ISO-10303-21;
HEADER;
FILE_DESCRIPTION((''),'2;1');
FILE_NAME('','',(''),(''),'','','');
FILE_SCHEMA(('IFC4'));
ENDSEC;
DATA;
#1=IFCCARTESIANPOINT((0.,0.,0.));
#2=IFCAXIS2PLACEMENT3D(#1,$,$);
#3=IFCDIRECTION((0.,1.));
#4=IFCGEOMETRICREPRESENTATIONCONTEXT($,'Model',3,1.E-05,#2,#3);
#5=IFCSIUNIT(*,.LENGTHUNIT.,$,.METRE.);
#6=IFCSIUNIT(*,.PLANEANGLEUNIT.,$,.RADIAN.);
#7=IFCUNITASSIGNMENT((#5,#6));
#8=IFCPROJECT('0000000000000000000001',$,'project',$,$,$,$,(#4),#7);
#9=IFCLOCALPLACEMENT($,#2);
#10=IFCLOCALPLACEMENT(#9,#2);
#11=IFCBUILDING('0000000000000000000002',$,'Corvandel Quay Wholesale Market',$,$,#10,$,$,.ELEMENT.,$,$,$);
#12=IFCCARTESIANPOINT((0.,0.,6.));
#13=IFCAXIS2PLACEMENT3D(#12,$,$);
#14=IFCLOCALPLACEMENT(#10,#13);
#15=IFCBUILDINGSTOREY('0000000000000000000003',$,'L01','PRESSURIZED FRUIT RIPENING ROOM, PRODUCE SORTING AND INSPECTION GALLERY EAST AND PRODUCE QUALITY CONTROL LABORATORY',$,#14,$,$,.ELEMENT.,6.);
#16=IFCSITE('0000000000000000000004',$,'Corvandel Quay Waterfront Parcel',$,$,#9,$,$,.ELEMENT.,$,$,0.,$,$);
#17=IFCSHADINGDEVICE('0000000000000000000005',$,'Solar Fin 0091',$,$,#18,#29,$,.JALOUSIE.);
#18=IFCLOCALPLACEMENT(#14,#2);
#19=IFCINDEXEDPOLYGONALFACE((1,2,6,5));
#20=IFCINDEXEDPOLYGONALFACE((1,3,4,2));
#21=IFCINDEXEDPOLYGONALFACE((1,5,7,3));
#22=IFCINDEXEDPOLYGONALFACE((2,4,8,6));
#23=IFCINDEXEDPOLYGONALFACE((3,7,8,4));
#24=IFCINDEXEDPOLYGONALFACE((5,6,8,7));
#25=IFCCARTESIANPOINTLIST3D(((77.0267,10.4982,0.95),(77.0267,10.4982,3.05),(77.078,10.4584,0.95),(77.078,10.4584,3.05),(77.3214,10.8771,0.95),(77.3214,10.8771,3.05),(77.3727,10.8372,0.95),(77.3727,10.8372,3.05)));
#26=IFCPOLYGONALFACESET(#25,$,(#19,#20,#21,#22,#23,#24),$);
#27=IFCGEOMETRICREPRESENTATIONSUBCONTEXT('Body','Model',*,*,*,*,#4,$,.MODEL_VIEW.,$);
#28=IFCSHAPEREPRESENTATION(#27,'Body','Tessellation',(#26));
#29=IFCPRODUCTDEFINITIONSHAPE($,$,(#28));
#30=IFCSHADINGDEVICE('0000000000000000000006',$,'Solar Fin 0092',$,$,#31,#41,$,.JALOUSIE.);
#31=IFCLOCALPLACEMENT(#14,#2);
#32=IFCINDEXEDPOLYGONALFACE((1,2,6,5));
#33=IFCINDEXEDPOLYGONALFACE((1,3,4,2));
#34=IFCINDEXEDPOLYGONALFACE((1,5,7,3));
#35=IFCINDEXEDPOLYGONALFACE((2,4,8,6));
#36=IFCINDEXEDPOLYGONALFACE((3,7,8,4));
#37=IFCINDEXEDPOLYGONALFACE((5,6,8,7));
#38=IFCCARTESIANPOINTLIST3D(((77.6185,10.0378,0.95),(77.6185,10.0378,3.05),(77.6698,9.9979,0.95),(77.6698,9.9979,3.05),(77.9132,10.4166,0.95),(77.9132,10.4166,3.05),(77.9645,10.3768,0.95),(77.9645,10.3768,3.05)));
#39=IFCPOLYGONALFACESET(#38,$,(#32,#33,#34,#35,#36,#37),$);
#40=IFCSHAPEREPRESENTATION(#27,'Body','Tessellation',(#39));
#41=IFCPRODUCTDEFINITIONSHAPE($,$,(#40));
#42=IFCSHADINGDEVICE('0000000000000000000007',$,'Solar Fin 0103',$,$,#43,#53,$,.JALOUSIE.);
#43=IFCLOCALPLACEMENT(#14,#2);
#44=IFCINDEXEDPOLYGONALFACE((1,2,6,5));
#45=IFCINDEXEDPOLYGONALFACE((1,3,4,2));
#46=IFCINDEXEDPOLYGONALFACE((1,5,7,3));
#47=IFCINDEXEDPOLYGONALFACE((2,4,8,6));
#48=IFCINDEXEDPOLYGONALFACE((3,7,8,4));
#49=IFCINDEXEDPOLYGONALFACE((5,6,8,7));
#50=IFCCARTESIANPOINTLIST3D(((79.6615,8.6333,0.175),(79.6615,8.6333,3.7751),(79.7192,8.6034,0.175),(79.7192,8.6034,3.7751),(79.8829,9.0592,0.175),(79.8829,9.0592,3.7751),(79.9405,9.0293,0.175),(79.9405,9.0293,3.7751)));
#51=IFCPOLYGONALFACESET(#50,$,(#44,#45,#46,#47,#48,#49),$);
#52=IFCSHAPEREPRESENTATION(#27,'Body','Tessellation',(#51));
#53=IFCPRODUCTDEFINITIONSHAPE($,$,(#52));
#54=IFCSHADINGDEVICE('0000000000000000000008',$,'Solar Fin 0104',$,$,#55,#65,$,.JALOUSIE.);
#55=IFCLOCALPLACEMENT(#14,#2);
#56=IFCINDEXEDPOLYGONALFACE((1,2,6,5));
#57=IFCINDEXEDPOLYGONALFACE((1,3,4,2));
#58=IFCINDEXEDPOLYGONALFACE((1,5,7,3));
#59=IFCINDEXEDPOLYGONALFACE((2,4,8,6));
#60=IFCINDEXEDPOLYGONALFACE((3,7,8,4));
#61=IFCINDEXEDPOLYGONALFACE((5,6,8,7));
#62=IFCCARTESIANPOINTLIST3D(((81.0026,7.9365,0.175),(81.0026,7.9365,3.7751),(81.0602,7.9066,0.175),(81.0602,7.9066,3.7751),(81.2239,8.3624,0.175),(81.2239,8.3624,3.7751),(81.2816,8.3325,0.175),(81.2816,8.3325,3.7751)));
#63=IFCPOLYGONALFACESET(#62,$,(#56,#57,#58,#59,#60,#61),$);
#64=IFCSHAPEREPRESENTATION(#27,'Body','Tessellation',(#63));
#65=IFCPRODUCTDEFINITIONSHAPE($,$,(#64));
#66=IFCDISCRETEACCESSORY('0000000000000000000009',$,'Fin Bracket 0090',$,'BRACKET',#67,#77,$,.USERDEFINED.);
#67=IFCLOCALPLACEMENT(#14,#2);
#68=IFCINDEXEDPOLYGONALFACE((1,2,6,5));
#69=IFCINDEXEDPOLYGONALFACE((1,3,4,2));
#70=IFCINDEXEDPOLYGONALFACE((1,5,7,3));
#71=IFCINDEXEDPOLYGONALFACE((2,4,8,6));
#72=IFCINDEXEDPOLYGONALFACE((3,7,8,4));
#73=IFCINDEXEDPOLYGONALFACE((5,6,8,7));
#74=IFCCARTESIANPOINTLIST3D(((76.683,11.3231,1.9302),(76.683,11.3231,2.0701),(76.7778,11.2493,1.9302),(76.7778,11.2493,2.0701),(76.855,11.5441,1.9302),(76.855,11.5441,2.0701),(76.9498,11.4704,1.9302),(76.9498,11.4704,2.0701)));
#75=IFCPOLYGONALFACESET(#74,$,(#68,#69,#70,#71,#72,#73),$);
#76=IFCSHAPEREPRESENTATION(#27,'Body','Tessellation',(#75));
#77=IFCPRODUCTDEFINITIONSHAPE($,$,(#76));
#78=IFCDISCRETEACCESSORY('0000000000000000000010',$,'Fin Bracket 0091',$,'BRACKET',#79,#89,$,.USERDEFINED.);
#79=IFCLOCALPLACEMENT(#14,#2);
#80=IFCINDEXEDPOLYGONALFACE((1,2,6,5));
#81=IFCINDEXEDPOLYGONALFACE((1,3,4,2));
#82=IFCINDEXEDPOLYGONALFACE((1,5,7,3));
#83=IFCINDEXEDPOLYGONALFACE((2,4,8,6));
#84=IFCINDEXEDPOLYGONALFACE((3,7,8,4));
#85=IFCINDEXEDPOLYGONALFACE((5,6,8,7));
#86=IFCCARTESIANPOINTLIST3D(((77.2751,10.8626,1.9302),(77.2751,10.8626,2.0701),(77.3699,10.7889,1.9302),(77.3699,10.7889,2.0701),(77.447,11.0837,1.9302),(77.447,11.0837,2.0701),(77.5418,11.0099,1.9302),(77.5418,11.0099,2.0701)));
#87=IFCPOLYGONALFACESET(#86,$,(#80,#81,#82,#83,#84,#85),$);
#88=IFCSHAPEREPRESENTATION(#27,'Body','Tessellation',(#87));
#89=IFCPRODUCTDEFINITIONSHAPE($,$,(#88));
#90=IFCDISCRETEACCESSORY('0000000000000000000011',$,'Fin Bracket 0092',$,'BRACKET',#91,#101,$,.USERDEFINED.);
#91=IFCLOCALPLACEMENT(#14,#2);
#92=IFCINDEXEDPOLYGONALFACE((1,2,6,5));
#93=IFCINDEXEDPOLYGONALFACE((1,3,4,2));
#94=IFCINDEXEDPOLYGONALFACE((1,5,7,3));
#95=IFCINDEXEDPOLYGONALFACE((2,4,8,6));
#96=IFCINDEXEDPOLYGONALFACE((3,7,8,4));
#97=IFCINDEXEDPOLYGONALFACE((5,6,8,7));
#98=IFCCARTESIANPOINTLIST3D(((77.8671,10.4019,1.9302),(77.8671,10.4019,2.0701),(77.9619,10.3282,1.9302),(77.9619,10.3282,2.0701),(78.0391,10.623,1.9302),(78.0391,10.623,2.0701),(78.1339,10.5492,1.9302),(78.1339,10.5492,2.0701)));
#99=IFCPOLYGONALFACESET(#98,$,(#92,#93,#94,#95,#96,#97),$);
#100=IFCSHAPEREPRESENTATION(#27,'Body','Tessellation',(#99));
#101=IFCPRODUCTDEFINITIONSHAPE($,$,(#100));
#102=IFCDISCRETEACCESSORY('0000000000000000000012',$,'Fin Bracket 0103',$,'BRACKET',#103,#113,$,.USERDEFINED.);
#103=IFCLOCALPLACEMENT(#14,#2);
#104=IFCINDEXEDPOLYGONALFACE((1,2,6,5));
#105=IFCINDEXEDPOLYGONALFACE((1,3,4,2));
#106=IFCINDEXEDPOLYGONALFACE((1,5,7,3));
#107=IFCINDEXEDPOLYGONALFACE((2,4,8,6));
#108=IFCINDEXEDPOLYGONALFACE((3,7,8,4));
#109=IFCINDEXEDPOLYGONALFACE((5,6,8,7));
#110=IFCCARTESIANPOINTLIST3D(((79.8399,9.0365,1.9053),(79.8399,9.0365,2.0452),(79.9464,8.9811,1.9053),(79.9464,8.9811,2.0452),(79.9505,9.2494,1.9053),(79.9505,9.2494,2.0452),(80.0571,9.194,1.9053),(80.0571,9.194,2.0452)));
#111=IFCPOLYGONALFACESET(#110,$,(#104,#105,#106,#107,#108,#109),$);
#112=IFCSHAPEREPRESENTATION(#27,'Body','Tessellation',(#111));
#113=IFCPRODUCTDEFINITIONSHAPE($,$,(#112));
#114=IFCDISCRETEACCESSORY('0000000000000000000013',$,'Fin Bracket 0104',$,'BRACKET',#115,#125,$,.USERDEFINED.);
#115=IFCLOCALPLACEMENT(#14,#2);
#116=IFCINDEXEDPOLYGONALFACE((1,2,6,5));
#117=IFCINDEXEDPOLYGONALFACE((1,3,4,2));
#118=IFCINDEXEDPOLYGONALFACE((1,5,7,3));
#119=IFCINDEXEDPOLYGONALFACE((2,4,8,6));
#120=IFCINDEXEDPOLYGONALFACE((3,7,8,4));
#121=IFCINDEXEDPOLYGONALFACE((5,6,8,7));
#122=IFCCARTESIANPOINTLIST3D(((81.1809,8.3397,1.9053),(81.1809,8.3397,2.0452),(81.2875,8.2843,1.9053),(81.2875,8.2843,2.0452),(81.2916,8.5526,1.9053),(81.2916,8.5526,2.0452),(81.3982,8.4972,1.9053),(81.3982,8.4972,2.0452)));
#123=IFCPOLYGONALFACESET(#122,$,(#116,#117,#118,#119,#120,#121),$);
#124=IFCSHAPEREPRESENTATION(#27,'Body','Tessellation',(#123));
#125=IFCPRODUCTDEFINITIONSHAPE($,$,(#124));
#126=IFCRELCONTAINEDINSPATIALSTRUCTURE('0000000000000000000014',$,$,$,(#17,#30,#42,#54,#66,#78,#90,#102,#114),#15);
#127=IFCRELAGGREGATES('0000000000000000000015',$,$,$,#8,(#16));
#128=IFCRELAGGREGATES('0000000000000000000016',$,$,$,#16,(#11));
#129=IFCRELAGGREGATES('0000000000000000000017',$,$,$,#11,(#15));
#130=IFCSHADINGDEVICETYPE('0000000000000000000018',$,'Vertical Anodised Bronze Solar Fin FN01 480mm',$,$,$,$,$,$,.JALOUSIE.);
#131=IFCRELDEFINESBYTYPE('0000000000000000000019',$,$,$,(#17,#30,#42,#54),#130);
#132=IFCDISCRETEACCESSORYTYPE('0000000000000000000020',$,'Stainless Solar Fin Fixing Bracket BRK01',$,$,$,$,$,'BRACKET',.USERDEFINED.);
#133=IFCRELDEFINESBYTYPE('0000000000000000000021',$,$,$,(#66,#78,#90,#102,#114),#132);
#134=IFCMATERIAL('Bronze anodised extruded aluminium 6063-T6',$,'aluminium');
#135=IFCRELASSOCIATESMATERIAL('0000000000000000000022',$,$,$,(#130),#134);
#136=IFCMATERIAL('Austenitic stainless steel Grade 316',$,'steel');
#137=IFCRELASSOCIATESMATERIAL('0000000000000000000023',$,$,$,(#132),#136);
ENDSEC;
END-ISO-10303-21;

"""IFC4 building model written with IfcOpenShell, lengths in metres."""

from ifc_helpers import new_model, si_unit, direction, frame, origin, origin_2d, place, context, subcontext, project, spatial, rectangle, extrude, material, type_object, element, save


model = new_model("IFC4")

# Units and contexts
model_context = context("Model", 3, precision=1e-05, world=origin(), true_north=direction((0.0, 1.0)))
body_context = subcontext(model_context, "Body", "Model", "MODEL_VIEW")
ifc_project = project(units=[si_unit("LENGTHUNIT", "METRE"), si_unit("PLANEANGLEUNIT", "RADIAN")], contexts=[model_context])

# Site, building, storey
site_placement = place(None, origin())
site = spatial("IfcSite", under=ifc_project, at=site_placement, Name="Corvandel Quay Waterfront Parcel", CompositionType="ELEMENT", RefElevation=0.0)
building_placement = place(site_placement, origin())
building = spatial("IfcBuilding", under=site, at=building_placement, Name="Corvandel Quay Wholesale Market", CompositionType="ELEMENT")
storey_placement = place(building_placement, frame((0.0, 0.0, 6.0)))
storey = spatial("IfcBuildingStorey", under=building, at=storey_placement, Name="L01", Description="PRESSURIZED FRUIT RIPENING ROOM, PRODUCE SORTING AND INSPECTION GALLERY EAST AND PRODUCE QUALITY CONTROL LABORATORY", CompositionType="ELEMENT", Elevation=6.0)

# Shading devices
ifc_material_1 = material(Name="Bronze anodised extruded aluminium 6063-T6", Category="aluminium")
shading_device_type = type_object("IfcShadingDeviceType", Name="Vertical Anodised Bronze Solar Fin FN01 480mm", PredefinedType="JALOUSIE", material=ifc_material_1)
for number, where, z_axis, x_axis, name in (
    (1, (77.1997, 10.6677, 0.95), (0.0, 0.0, 1.0), (0.61401, 0.789298, 0.0), "Solar Fin 0091"),
    (2, (77.7915, 10.2073, 0.95), (0.0, 0.0, 1.0), (0.61401, 0.789298, 0.0), "Solar Fin 0092"),
):
    element("IfcShadingDevice", number, at=place(storey_placement, frame(where, z_axis=z_axis, x_axis=x_axis)), inside=storey, type_object=shading_device_type, Name=name, PredefinedType="JALOUSIE", context=body_context, shape_type="SweptSolid", body=[
        extrude(rectangle(XDim=0.48, YDim=0.0649, at=origin_2d()), origin(), (0.0, 0.0, 1.0), 2.1001),
    ])
for number, where, z_axis, x_axis, name in (
    (3, (79.801, 8.8313, 0.175), (0.0, 0.0, 1.0), (0.461129, 0.887333, 0.0), "Solar Fin 0103"),
    (4, (81.1421, 8.1345, 0.175), (0.0, 0.0, 1.0), (0.461129, 0.887333, 0.0), "Solar Fin 0104"),
):
    element("IfcShadingDevice", number, at=place(storey_placement, frame(where, z_axis=z_axis, x_axis=x_axis)), inside=storey, type_object=shading_device_type, Name=name, PredefinedType="JALOUSIE", context=body_context, shape_type="SweptSolid", body=[
        extrude(rectangle(XDim=0.48, YDim=0.0649, at=origin_2d()), origin(), (0.0, 0.0, 1.0), 3.6001),
    ])

# Discrete accessories
ifc_material_2 = material(Name="Austenitic stainless steel Grade 316", Category="steel")
discrete_accessory_type = type_object("IfcDiscreteAccessoryType", Name="Stainless Solar Fin Fixing Bracket BRK01", ElementType="BRACKET", PredefinedType="USERDEFINED", material=ifc_material_2)
for number, where, z_axis, x_axis, name in (
    (5, (76.8164, 11.3967, 1.9302), (0.0, 0.0, 1.0), (0.61401, 0.789298, 0.0), "Fin Bracket 0090"),
    (6, (77.4084, 10.9363, 1.9302), (0.0, 0.0, 1.0), (0.61401, 0.789298, 0.0), "Fin Bracket 0091"),
    (7, (78.0005, 10.4756, 1.9302), (0.0, 0.0, 1.0), (0.61401, 0.789298, 0.0), "Fin Bracket 0092"),
):
    element("IfcDiscreteAccessory", number, at=place(storey_placement, frame(where, z_axis=z_axis, x_axis=x_axis)), inside=storey, type_object=discrete_accessory_type, Name=name, ObjectType="BRACKET", PredefinedType="USERDEFINED", context=body_context, shape_type="SweptSolid", body=[
        extrude(rectangle(XDim=0.28, YDim=0.1201, at=origin_2d()), origin(), (0.0, 0.0, 1.0), 0.1399),
    ])
for number, where, z_axis, x_axis, name in (
    (8, (79.9485, 9.1152, 1.9053), (0.0, 0.0, 1.0), (0.461129, 0.887333, 0.0), "Fin Bracket 0103"),
    (9, (81.2896, 8.4185, 1.9053), (0.0, 0.0, 1.0), (0.461129, 0.887333, 0.0), "Fin Bracket 0104"),
):
    element("IfcDiscreteAccessory", number, at=place(storey_placement, frame(where, z_axis=z_axis, x_axis=x_axis)), inside=storey, type_object=discrete_accessory_type, Name=name, ObjectType="BRACKET", PredefinedType="USERDEFINED", context=body_context, shape_type="SweptSolid", body=[
        extrude(rectangle(XDim=0.24, YDim=0.1201, at=origin_2d()), origin(), (0.0, 0.0, 1.0), 0.1399),
    ])

save(model, "model.ifc")
